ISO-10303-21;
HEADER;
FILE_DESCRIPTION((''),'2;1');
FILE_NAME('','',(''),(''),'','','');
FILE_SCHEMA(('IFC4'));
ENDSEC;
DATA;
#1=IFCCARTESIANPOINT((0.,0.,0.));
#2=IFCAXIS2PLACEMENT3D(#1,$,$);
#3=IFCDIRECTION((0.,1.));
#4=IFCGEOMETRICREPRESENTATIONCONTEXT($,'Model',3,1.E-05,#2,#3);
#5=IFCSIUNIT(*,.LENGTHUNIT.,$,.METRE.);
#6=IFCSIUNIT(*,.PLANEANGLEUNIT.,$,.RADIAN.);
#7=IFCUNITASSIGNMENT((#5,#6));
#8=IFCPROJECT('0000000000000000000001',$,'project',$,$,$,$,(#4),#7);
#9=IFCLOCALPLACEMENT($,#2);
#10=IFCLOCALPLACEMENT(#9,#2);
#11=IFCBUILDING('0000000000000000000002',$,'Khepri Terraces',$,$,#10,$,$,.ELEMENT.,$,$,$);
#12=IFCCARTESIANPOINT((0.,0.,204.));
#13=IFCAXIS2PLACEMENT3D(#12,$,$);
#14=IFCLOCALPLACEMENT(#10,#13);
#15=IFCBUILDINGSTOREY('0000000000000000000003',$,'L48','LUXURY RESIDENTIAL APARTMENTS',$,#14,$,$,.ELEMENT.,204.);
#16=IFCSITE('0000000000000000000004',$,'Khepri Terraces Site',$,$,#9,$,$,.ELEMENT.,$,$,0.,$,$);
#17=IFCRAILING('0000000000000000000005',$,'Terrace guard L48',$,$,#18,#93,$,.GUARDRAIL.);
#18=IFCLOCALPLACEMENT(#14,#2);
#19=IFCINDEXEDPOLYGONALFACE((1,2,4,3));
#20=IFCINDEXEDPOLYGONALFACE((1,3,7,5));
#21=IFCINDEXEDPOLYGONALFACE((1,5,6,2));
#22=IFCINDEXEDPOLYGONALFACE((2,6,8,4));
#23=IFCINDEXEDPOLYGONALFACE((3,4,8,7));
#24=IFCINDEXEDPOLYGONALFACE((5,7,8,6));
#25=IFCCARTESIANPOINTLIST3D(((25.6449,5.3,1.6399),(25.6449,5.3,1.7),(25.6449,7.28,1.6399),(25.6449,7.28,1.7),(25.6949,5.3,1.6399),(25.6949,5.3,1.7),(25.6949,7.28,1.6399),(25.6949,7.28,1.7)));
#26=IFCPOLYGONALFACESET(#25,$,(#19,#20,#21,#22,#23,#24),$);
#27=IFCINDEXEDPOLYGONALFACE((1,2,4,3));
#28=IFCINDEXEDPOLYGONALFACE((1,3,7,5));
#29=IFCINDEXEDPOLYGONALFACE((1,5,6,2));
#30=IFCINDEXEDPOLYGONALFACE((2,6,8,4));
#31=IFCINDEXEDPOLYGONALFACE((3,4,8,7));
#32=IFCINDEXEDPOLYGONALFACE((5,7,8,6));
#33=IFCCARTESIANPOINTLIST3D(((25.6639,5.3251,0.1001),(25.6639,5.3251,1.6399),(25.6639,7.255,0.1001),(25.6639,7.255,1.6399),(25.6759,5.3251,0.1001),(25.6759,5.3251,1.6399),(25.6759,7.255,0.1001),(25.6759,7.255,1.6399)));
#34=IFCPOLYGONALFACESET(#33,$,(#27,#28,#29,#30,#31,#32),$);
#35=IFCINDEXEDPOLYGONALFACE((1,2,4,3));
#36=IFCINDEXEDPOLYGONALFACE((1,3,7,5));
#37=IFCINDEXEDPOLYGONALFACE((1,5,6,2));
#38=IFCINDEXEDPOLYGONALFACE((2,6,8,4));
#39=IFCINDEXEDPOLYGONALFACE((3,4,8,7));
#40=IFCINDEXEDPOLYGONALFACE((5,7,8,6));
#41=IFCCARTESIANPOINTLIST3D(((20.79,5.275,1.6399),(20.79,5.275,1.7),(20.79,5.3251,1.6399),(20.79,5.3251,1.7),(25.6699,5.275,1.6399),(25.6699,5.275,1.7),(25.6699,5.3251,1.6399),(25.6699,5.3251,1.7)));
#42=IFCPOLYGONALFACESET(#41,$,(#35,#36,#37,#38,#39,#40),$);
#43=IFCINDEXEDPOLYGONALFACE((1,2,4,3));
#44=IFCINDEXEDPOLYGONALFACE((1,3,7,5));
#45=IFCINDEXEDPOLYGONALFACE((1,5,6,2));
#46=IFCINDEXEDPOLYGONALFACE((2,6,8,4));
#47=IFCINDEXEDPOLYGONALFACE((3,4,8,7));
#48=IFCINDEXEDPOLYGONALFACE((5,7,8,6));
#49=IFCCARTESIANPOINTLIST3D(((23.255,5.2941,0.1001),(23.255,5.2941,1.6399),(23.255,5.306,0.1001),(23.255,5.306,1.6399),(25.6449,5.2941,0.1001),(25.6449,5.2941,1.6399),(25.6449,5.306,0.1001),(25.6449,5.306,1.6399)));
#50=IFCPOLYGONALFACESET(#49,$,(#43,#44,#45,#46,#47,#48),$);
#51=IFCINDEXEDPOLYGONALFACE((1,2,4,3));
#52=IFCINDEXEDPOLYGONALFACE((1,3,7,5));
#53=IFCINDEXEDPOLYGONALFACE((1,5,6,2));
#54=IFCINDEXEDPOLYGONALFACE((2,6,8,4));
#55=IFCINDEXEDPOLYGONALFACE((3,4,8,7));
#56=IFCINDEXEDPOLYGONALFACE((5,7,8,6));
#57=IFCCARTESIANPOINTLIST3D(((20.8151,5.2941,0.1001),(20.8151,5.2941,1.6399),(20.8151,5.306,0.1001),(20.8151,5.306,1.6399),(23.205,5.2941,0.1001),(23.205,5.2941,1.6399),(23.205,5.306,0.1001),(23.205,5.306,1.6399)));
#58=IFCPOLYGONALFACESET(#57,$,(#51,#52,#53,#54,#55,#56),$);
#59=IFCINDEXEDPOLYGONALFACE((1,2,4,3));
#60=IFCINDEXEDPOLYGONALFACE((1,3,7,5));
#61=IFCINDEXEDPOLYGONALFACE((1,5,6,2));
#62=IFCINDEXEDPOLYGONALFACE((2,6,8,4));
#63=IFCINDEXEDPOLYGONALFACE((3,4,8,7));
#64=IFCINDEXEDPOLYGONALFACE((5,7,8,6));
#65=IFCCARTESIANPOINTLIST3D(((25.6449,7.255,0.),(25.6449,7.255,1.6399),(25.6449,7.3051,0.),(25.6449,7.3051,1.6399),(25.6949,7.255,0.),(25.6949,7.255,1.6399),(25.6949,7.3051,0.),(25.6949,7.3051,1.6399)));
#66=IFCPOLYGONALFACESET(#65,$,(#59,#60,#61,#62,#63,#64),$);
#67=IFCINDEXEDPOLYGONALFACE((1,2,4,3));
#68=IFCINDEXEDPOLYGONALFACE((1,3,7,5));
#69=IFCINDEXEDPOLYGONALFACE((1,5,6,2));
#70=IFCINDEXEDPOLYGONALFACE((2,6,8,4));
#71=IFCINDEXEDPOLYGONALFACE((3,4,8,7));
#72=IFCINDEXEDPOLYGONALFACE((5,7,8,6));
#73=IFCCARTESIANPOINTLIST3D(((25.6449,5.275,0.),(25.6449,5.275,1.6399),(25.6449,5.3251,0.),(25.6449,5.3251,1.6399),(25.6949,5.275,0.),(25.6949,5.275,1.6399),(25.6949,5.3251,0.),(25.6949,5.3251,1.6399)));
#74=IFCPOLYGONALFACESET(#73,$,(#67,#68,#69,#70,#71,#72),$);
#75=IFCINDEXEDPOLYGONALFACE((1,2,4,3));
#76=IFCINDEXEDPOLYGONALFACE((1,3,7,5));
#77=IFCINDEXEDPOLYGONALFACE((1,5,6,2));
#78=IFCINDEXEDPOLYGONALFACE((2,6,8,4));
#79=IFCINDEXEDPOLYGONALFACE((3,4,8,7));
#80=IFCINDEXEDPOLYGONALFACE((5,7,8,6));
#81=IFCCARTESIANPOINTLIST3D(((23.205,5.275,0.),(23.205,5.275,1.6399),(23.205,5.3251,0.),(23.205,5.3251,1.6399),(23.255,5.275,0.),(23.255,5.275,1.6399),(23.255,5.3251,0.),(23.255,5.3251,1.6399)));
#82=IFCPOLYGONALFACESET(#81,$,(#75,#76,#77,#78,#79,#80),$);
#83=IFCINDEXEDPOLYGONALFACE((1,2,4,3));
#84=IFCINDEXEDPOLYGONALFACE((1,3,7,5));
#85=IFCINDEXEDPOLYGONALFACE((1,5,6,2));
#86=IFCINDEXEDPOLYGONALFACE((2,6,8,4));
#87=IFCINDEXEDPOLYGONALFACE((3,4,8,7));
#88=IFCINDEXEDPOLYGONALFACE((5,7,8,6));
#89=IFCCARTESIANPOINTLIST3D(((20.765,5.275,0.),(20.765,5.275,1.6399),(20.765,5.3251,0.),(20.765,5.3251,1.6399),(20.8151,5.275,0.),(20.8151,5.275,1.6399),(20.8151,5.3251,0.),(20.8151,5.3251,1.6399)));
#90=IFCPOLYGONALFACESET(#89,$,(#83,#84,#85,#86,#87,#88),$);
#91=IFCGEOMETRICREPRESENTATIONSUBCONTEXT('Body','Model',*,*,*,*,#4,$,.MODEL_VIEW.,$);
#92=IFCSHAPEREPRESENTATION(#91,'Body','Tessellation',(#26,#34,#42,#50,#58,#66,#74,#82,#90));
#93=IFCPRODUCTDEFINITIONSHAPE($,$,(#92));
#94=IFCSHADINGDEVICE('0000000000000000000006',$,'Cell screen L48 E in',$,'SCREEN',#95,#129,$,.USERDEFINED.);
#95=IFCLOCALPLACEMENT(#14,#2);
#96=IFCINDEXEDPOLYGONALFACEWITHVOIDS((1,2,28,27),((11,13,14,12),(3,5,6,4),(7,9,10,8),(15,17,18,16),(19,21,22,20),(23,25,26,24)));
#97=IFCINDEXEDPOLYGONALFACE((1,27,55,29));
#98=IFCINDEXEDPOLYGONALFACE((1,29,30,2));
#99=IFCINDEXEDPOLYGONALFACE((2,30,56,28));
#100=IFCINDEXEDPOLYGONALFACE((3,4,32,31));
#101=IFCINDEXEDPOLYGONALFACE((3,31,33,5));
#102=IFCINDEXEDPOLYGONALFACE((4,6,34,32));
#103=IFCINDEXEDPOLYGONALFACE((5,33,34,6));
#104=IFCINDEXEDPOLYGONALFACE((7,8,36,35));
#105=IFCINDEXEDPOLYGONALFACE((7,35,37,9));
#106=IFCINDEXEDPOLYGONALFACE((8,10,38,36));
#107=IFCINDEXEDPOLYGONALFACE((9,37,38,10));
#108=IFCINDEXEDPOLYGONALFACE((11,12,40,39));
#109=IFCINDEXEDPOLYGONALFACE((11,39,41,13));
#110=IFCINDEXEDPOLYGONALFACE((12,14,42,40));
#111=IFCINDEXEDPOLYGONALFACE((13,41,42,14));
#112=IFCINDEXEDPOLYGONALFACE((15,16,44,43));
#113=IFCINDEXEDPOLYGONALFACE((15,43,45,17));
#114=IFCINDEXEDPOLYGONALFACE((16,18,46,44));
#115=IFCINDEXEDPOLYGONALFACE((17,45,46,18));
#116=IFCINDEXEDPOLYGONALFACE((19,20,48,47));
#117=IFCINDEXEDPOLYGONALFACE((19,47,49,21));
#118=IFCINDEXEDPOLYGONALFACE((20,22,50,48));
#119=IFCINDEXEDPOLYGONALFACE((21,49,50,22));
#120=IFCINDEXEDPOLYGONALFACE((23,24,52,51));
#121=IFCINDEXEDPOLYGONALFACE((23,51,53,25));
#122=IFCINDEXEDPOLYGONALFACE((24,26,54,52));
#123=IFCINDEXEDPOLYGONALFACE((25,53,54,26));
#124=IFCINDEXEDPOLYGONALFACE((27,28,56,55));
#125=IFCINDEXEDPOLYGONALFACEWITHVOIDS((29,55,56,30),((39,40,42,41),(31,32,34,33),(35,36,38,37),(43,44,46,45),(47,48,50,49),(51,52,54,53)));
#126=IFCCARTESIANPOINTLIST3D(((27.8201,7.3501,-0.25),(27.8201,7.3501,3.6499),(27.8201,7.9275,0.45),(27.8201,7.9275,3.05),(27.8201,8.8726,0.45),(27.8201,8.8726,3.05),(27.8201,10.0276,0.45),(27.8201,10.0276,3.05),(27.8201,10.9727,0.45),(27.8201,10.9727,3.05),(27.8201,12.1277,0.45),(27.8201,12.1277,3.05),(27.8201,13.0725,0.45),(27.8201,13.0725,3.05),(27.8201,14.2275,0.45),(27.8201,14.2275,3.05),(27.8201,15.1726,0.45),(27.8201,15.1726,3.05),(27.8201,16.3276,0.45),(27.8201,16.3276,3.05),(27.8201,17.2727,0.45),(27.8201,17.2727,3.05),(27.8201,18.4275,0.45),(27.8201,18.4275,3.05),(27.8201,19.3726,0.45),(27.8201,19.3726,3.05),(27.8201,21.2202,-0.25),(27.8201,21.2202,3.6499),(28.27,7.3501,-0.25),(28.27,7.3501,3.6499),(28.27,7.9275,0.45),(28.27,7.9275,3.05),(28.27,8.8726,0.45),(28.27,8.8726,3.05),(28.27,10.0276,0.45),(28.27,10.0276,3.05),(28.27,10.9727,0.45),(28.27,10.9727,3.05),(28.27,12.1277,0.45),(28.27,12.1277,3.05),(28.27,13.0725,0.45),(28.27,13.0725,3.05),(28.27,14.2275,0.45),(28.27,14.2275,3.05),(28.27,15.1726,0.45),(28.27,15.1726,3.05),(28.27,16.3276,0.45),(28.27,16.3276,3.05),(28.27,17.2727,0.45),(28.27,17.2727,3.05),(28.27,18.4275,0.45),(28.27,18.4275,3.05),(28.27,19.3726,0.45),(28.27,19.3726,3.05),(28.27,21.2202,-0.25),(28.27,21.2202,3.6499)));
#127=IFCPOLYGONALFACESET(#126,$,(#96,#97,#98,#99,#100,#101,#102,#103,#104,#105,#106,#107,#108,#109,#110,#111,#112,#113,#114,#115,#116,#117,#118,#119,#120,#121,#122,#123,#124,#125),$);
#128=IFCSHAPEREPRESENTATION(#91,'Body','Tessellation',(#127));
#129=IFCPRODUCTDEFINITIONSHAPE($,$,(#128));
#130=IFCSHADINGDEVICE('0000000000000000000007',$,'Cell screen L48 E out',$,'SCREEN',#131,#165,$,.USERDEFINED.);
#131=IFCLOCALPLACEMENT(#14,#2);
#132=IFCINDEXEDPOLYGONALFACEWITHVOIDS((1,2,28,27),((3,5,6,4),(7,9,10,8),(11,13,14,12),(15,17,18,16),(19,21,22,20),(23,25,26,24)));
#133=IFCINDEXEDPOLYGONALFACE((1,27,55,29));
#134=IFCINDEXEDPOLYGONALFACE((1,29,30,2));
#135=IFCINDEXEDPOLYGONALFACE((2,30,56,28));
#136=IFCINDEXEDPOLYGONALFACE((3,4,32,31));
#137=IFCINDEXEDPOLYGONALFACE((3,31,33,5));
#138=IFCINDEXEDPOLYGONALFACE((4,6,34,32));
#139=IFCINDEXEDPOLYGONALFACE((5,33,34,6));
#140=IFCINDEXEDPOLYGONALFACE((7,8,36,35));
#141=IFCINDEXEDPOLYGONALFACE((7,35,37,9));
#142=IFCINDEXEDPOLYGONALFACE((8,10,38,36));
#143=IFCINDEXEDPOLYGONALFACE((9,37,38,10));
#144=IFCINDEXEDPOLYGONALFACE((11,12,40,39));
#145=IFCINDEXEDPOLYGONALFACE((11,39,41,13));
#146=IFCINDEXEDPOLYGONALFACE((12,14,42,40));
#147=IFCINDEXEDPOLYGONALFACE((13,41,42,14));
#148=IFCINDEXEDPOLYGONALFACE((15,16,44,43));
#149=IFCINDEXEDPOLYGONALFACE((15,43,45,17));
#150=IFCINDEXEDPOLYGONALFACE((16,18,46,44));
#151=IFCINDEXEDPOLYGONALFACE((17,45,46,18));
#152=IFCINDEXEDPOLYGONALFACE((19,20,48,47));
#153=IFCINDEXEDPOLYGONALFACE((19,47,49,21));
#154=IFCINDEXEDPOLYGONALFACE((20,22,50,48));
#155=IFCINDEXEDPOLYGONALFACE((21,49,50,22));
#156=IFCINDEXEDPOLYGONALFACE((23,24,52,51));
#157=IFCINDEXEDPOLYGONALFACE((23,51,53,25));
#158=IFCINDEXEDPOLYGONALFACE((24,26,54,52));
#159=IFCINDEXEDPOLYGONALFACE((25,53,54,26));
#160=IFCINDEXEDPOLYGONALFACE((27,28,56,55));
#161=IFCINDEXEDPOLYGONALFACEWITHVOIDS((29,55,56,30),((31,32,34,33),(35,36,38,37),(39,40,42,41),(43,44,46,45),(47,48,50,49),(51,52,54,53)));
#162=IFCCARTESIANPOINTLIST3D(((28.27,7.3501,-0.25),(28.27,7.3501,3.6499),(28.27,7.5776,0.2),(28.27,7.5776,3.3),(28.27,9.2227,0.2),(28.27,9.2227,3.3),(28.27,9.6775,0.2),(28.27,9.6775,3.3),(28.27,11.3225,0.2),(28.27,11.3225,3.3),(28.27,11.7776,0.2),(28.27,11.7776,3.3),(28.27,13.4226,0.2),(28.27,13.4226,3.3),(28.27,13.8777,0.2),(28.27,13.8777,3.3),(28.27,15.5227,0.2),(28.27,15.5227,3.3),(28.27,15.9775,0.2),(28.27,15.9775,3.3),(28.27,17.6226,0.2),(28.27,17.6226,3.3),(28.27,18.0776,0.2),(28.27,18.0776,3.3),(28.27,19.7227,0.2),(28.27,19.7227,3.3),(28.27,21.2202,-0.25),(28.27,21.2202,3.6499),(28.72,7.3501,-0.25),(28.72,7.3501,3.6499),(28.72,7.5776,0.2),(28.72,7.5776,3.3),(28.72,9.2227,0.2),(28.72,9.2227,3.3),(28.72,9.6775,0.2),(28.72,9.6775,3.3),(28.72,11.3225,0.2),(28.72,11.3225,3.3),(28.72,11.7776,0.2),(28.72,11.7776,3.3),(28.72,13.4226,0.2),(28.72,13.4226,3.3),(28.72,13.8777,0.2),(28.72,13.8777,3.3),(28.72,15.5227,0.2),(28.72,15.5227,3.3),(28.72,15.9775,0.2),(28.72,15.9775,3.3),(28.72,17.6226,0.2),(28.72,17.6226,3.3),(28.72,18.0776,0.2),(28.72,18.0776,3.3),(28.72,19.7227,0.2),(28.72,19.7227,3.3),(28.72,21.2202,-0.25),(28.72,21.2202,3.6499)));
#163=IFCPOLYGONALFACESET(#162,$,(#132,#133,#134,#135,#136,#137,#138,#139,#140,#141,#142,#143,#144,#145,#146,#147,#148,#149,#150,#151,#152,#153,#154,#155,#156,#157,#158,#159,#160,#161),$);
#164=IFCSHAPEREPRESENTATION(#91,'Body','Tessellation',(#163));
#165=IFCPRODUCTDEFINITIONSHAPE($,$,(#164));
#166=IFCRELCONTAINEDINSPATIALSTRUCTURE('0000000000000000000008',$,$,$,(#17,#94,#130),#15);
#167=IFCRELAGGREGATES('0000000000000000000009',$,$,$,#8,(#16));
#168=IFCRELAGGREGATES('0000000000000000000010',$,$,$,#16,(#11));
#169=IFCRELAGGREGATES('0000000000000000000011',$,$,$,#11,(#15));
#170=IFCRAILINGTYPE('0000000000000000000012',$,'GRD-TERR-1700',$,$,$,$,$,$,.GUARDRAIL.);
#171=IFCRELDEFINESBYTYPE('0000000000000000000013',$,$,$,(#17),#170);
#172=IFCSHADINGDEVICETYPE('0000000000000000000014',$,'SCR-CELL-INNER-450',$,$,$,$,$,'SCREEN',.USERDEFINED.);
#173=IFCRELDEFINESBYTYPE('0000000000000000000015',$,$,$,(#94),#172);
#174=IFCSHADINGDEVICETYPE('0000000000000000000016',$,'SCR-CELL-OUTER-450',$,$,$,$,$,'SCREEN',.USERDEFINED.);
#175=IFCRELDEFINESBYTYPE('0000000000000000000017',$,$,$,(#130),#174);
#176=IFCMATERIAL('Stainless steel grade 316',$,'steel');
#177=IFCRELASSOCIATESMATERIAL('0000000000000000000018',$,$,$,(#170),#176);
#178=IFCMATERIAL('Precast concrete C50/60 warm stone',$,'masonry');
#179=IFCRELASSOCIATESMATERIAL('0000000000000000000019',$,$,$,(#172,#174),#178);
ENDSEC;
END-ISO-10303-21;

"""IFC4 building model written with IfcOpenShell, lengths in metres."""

from ifc_helpers import new_model, si_unit, direction, frame, origin, origin_2d, place, context, subcontext, project, spatial, polyline, rectangle, outline, extrude, material, type_object, element, save


model = new_model("IFC4")

# Units and contexts
model_context = context("Model", 3, precision=1e-05, world=origin(), true_north=direction((0.0, 1.0)))
body_context = subcontext(model_context, "Body", "Model", "MODEL_VIEW")
ifc_project = project(units=[si_unit("LENGTHUNIT", "METRE"), si_unit("PLANEANGLEUNIT", "RADIAN")], contexts=[model_context])

# Site, building, storey
site_placement = place(None, origin())
site = spatial("IfcSite", under=ifc_project, at=site_placement, Name="Khepri Terraces Site", CompositionType="ELEMENT", RefElevation=0.0)
building_placement = place(site_placement, origin())
building = spatial("IfcBuilding", under=site, at=building_placement, Name="Khepri Terraces", CompositionType="ELEMENT")
storey_placement = place(building_placement, frame((0.0, 0.0, 204.0)))
storey = spatial("IfcBuildingStorey", under=building, at=storey_placement, Name="L48", Description="LUXURY RESIDENTIAL APARTMENTS", CompositionType="ELEMENT", Elevation=204.0)

# Shared definitions
ifc_material_1 = material(Name="Precast concrete C50/60 warm stone", Category="masonry")

# Railing
ifc_material_2 = material(Name="Stainless steel grade 316", Category="steel")
railing_type_1 = type_object("IfcRailingType", Name="GRD-TERR-1700", PredefinedType="GUARDRAIL", material=ifc_material_2)
railing_1_placement = place(storey_placement, frame((25.6699, 7.28, 0.0)))
element("IfcRailing", 1, at=railing_1_placement, inside=storey, type_object=railing_type_1, Name="Terrace guard L48", PredefinedType="GUARDRAIL", context=body_context, shape_type="SweptSolid", body=[
    extrude(rectangle(XDim=0.05, YDim=0.0601, at=origin_2d()), frame((0.0, 0.0, 1.6699), z_axis=(0.0, -1.0, 0.0), x_axis=(1.0, 0.0, 0.0)), (0.0, 0.0, 1.0), 1.98),
    extrude(rectangle(XDim=1.9299, YDim=0.012, at=origin_2d()), frame((0.0, -0.99, 0.1001), z_axis=(0.0, 0.0, 1.0), x_axis=(0.0, -1.0, 0.0)), (0.0, 0.0, 1.0), 1.5398),
    extrude(rectangle(XDim=0.05, YDim=0.0601, at=origin_2d()), frame((0.0, -1.98, 1.6699), z_axis=(-1.0, 0.0, 0.0), x_axis=(0.0, -1.0, 0.0)), (0.0, 0.0, 1.0), 4.8799),
    extrude(rectangle(XDim=2.3899, YDim=0.012, at=origin_2d()), frame((-1.22, -1.98, 0.1001), z_axis=(0.0, 0.0, 1.0), x_axis=(-1.0, 0.0, 0.0)), (0.0, 0.0, 1.0), 1.5398),
    extrude(rectangle(XDim=2.3899, YDim=0.012, at=origin_2d()), frame((-3.6599, -1.98, 0.1001), z_axis=(0.0, 0.0, 1.0), x_axis=(-1.0, 0.0, 0.0)), (0.0, 0.0, 1.0), 1.5398),
    extrude(rectangle(XDim=0.05, YDim=0.05, at=origin_2d()), origin(), (0.0, 0.0, 1.0), 1.6399),
    extrude(rectangle(XDim=0.05, YDim=0.05, at=origin_2d()), frame((0.0, -1.98, 0.0)), (0.0, 0.0, 1.0), 1.6399),
    extrude(rectangle(XDim=0.05, YDim=0.05, at=origin_2d()), frame((-2.4399, -1.98, 0.0)), (0.0, 0.0, 1.0), 1.6399),
    extrude(rectangle(XDim=0.05, YDim=0.05, at=origin_2d()), frame((-4.8799, -1.98, 0.0)), (0.0, 0.0, 1.0), 1.6399),
])

# Shading devices
shading_device_type_1 = type_object("IfcShadingDeviceType", Name="SCR-CELL-INNER-450", ElementType="SCREEN", PredefinedType="USERDEFINED", material=ifc_material_1)
shading_device_1_placement = place(storey_placement, frame((27.8201, 7.3501, -0.25), z_axis=(1.0, 0.0, 0.0), x_axis=(0.0, 1.0, 0.0)))
element("IfcShadingDevice", 2, at=shading_device_1_placement, inside=storey, type_object=shading_device_type_1, Name="Cell screen L48 E in", ObjectType="SCREEN", PredefinedType="USERDEFINED", context=body_context, shape_type="SweptSolid", body=[
    extrude(outline(polyline([(0.0, 0.0), (13.8701, 0.0), (13.8701, 3.8999), (0.0, 3.8999), (0.0, 0.0)]), holes=[polyline([(0.5774, 0.7), (1.5225, 0.7), (1.5225, 3.3), (0.5774, 3.3), (0.5774, 0.7)]), polyline([(2.6775, 0.7), (3.6226, 0.7), (3.6226, 3.3), (2.6775, 3.3), (2.6775, 0.7)]), polyline([(4.7776, 0.7), (5.7224, 0.7), (5.7224, 3.3), (4.7776, 3.3), (4.7776, 0.7)]), polyline([(6.8774, 0.7), (7.8225, 0.7), (7.8225, 3.3), (6.8774, 3.3), (6.8774, 0.7)]), polyline([(8.9775, 0.7), (9.9226, 0.7), (9.9226, 3.3), (8.9775, 3.3), (8.9775, 0.7)]), polyline([(11.0774, 0.7), (12.0225, 0.7), (12.0225, 3.3), (11.0774, 3.3), (11.0774, 0.7)])]), origin(), (0.0, 0.0, 1.0), 0.45),
])
shading_device_type_2 = type_object("IfcShadingDeviceType", Name="SCR-CELL-OUTER-450", ElementType="SCREEN", PredefinedType="USERDEFINED", material=ifc_material_1)
shading_device_2_placement = place(storey_placement, frame((28.27, 7.3501, -0.25), z_axis=(1.0, 0.0, 0.0), x_axis=(0.0, 1.0, 0.0)))
element("IfcShadingDevice", 3, at=shading_device_2_placement, inside=storey, type_object=shading_device_type_2, Name="Cell screen L48 E out", ObjectType="SCREEN", PredefinedType="USERDEFINED", context=body_context, shape_type="SweptSolid", body=[
    extrude(outline(polyline([(0.0, 0.0), (13.8701, 0.0), (13.8701, 3.8999), (0.0, 3.8999), (0.0, 0.0)]), holes=[polyline([(0.2275, 0.45), (1.8726, 0.45), (1.8726, 3.55), (0.2275, 3.55), (0.2275, 0.45)]), polyline([(2.3274, 0.45), (3.9724, 0.45), (3.9724, 3.55), (2.3274, 3.55), (2.3274, 0.45)]), polyline([(4.4275, 0.45), (6.0725, 0.45), (6.0725, 3.55), (4.4275, 3.55), (4.4275, 0.45)]), polyline([(6.5276, 0.45), (8.1726, 0.45), (8.1726, 3.55), (6.5276, 3.55), (6.5276, 0.45)]), polyline([(8.6274, 0.45), (10.2725, 0.45), (10.2725, 3.55), (8.6274, 3.55), (8.6274, 0.45)]), polyline([(10.7275, 0.45), (12.3726, 0.45), (12.3726, 3.55), (10.7275, 3.55), (10.7275, 0.45)])]), origin(), (0.0, 0.0, 1.0), 0.45),
])

save(model, "model.ifc")
